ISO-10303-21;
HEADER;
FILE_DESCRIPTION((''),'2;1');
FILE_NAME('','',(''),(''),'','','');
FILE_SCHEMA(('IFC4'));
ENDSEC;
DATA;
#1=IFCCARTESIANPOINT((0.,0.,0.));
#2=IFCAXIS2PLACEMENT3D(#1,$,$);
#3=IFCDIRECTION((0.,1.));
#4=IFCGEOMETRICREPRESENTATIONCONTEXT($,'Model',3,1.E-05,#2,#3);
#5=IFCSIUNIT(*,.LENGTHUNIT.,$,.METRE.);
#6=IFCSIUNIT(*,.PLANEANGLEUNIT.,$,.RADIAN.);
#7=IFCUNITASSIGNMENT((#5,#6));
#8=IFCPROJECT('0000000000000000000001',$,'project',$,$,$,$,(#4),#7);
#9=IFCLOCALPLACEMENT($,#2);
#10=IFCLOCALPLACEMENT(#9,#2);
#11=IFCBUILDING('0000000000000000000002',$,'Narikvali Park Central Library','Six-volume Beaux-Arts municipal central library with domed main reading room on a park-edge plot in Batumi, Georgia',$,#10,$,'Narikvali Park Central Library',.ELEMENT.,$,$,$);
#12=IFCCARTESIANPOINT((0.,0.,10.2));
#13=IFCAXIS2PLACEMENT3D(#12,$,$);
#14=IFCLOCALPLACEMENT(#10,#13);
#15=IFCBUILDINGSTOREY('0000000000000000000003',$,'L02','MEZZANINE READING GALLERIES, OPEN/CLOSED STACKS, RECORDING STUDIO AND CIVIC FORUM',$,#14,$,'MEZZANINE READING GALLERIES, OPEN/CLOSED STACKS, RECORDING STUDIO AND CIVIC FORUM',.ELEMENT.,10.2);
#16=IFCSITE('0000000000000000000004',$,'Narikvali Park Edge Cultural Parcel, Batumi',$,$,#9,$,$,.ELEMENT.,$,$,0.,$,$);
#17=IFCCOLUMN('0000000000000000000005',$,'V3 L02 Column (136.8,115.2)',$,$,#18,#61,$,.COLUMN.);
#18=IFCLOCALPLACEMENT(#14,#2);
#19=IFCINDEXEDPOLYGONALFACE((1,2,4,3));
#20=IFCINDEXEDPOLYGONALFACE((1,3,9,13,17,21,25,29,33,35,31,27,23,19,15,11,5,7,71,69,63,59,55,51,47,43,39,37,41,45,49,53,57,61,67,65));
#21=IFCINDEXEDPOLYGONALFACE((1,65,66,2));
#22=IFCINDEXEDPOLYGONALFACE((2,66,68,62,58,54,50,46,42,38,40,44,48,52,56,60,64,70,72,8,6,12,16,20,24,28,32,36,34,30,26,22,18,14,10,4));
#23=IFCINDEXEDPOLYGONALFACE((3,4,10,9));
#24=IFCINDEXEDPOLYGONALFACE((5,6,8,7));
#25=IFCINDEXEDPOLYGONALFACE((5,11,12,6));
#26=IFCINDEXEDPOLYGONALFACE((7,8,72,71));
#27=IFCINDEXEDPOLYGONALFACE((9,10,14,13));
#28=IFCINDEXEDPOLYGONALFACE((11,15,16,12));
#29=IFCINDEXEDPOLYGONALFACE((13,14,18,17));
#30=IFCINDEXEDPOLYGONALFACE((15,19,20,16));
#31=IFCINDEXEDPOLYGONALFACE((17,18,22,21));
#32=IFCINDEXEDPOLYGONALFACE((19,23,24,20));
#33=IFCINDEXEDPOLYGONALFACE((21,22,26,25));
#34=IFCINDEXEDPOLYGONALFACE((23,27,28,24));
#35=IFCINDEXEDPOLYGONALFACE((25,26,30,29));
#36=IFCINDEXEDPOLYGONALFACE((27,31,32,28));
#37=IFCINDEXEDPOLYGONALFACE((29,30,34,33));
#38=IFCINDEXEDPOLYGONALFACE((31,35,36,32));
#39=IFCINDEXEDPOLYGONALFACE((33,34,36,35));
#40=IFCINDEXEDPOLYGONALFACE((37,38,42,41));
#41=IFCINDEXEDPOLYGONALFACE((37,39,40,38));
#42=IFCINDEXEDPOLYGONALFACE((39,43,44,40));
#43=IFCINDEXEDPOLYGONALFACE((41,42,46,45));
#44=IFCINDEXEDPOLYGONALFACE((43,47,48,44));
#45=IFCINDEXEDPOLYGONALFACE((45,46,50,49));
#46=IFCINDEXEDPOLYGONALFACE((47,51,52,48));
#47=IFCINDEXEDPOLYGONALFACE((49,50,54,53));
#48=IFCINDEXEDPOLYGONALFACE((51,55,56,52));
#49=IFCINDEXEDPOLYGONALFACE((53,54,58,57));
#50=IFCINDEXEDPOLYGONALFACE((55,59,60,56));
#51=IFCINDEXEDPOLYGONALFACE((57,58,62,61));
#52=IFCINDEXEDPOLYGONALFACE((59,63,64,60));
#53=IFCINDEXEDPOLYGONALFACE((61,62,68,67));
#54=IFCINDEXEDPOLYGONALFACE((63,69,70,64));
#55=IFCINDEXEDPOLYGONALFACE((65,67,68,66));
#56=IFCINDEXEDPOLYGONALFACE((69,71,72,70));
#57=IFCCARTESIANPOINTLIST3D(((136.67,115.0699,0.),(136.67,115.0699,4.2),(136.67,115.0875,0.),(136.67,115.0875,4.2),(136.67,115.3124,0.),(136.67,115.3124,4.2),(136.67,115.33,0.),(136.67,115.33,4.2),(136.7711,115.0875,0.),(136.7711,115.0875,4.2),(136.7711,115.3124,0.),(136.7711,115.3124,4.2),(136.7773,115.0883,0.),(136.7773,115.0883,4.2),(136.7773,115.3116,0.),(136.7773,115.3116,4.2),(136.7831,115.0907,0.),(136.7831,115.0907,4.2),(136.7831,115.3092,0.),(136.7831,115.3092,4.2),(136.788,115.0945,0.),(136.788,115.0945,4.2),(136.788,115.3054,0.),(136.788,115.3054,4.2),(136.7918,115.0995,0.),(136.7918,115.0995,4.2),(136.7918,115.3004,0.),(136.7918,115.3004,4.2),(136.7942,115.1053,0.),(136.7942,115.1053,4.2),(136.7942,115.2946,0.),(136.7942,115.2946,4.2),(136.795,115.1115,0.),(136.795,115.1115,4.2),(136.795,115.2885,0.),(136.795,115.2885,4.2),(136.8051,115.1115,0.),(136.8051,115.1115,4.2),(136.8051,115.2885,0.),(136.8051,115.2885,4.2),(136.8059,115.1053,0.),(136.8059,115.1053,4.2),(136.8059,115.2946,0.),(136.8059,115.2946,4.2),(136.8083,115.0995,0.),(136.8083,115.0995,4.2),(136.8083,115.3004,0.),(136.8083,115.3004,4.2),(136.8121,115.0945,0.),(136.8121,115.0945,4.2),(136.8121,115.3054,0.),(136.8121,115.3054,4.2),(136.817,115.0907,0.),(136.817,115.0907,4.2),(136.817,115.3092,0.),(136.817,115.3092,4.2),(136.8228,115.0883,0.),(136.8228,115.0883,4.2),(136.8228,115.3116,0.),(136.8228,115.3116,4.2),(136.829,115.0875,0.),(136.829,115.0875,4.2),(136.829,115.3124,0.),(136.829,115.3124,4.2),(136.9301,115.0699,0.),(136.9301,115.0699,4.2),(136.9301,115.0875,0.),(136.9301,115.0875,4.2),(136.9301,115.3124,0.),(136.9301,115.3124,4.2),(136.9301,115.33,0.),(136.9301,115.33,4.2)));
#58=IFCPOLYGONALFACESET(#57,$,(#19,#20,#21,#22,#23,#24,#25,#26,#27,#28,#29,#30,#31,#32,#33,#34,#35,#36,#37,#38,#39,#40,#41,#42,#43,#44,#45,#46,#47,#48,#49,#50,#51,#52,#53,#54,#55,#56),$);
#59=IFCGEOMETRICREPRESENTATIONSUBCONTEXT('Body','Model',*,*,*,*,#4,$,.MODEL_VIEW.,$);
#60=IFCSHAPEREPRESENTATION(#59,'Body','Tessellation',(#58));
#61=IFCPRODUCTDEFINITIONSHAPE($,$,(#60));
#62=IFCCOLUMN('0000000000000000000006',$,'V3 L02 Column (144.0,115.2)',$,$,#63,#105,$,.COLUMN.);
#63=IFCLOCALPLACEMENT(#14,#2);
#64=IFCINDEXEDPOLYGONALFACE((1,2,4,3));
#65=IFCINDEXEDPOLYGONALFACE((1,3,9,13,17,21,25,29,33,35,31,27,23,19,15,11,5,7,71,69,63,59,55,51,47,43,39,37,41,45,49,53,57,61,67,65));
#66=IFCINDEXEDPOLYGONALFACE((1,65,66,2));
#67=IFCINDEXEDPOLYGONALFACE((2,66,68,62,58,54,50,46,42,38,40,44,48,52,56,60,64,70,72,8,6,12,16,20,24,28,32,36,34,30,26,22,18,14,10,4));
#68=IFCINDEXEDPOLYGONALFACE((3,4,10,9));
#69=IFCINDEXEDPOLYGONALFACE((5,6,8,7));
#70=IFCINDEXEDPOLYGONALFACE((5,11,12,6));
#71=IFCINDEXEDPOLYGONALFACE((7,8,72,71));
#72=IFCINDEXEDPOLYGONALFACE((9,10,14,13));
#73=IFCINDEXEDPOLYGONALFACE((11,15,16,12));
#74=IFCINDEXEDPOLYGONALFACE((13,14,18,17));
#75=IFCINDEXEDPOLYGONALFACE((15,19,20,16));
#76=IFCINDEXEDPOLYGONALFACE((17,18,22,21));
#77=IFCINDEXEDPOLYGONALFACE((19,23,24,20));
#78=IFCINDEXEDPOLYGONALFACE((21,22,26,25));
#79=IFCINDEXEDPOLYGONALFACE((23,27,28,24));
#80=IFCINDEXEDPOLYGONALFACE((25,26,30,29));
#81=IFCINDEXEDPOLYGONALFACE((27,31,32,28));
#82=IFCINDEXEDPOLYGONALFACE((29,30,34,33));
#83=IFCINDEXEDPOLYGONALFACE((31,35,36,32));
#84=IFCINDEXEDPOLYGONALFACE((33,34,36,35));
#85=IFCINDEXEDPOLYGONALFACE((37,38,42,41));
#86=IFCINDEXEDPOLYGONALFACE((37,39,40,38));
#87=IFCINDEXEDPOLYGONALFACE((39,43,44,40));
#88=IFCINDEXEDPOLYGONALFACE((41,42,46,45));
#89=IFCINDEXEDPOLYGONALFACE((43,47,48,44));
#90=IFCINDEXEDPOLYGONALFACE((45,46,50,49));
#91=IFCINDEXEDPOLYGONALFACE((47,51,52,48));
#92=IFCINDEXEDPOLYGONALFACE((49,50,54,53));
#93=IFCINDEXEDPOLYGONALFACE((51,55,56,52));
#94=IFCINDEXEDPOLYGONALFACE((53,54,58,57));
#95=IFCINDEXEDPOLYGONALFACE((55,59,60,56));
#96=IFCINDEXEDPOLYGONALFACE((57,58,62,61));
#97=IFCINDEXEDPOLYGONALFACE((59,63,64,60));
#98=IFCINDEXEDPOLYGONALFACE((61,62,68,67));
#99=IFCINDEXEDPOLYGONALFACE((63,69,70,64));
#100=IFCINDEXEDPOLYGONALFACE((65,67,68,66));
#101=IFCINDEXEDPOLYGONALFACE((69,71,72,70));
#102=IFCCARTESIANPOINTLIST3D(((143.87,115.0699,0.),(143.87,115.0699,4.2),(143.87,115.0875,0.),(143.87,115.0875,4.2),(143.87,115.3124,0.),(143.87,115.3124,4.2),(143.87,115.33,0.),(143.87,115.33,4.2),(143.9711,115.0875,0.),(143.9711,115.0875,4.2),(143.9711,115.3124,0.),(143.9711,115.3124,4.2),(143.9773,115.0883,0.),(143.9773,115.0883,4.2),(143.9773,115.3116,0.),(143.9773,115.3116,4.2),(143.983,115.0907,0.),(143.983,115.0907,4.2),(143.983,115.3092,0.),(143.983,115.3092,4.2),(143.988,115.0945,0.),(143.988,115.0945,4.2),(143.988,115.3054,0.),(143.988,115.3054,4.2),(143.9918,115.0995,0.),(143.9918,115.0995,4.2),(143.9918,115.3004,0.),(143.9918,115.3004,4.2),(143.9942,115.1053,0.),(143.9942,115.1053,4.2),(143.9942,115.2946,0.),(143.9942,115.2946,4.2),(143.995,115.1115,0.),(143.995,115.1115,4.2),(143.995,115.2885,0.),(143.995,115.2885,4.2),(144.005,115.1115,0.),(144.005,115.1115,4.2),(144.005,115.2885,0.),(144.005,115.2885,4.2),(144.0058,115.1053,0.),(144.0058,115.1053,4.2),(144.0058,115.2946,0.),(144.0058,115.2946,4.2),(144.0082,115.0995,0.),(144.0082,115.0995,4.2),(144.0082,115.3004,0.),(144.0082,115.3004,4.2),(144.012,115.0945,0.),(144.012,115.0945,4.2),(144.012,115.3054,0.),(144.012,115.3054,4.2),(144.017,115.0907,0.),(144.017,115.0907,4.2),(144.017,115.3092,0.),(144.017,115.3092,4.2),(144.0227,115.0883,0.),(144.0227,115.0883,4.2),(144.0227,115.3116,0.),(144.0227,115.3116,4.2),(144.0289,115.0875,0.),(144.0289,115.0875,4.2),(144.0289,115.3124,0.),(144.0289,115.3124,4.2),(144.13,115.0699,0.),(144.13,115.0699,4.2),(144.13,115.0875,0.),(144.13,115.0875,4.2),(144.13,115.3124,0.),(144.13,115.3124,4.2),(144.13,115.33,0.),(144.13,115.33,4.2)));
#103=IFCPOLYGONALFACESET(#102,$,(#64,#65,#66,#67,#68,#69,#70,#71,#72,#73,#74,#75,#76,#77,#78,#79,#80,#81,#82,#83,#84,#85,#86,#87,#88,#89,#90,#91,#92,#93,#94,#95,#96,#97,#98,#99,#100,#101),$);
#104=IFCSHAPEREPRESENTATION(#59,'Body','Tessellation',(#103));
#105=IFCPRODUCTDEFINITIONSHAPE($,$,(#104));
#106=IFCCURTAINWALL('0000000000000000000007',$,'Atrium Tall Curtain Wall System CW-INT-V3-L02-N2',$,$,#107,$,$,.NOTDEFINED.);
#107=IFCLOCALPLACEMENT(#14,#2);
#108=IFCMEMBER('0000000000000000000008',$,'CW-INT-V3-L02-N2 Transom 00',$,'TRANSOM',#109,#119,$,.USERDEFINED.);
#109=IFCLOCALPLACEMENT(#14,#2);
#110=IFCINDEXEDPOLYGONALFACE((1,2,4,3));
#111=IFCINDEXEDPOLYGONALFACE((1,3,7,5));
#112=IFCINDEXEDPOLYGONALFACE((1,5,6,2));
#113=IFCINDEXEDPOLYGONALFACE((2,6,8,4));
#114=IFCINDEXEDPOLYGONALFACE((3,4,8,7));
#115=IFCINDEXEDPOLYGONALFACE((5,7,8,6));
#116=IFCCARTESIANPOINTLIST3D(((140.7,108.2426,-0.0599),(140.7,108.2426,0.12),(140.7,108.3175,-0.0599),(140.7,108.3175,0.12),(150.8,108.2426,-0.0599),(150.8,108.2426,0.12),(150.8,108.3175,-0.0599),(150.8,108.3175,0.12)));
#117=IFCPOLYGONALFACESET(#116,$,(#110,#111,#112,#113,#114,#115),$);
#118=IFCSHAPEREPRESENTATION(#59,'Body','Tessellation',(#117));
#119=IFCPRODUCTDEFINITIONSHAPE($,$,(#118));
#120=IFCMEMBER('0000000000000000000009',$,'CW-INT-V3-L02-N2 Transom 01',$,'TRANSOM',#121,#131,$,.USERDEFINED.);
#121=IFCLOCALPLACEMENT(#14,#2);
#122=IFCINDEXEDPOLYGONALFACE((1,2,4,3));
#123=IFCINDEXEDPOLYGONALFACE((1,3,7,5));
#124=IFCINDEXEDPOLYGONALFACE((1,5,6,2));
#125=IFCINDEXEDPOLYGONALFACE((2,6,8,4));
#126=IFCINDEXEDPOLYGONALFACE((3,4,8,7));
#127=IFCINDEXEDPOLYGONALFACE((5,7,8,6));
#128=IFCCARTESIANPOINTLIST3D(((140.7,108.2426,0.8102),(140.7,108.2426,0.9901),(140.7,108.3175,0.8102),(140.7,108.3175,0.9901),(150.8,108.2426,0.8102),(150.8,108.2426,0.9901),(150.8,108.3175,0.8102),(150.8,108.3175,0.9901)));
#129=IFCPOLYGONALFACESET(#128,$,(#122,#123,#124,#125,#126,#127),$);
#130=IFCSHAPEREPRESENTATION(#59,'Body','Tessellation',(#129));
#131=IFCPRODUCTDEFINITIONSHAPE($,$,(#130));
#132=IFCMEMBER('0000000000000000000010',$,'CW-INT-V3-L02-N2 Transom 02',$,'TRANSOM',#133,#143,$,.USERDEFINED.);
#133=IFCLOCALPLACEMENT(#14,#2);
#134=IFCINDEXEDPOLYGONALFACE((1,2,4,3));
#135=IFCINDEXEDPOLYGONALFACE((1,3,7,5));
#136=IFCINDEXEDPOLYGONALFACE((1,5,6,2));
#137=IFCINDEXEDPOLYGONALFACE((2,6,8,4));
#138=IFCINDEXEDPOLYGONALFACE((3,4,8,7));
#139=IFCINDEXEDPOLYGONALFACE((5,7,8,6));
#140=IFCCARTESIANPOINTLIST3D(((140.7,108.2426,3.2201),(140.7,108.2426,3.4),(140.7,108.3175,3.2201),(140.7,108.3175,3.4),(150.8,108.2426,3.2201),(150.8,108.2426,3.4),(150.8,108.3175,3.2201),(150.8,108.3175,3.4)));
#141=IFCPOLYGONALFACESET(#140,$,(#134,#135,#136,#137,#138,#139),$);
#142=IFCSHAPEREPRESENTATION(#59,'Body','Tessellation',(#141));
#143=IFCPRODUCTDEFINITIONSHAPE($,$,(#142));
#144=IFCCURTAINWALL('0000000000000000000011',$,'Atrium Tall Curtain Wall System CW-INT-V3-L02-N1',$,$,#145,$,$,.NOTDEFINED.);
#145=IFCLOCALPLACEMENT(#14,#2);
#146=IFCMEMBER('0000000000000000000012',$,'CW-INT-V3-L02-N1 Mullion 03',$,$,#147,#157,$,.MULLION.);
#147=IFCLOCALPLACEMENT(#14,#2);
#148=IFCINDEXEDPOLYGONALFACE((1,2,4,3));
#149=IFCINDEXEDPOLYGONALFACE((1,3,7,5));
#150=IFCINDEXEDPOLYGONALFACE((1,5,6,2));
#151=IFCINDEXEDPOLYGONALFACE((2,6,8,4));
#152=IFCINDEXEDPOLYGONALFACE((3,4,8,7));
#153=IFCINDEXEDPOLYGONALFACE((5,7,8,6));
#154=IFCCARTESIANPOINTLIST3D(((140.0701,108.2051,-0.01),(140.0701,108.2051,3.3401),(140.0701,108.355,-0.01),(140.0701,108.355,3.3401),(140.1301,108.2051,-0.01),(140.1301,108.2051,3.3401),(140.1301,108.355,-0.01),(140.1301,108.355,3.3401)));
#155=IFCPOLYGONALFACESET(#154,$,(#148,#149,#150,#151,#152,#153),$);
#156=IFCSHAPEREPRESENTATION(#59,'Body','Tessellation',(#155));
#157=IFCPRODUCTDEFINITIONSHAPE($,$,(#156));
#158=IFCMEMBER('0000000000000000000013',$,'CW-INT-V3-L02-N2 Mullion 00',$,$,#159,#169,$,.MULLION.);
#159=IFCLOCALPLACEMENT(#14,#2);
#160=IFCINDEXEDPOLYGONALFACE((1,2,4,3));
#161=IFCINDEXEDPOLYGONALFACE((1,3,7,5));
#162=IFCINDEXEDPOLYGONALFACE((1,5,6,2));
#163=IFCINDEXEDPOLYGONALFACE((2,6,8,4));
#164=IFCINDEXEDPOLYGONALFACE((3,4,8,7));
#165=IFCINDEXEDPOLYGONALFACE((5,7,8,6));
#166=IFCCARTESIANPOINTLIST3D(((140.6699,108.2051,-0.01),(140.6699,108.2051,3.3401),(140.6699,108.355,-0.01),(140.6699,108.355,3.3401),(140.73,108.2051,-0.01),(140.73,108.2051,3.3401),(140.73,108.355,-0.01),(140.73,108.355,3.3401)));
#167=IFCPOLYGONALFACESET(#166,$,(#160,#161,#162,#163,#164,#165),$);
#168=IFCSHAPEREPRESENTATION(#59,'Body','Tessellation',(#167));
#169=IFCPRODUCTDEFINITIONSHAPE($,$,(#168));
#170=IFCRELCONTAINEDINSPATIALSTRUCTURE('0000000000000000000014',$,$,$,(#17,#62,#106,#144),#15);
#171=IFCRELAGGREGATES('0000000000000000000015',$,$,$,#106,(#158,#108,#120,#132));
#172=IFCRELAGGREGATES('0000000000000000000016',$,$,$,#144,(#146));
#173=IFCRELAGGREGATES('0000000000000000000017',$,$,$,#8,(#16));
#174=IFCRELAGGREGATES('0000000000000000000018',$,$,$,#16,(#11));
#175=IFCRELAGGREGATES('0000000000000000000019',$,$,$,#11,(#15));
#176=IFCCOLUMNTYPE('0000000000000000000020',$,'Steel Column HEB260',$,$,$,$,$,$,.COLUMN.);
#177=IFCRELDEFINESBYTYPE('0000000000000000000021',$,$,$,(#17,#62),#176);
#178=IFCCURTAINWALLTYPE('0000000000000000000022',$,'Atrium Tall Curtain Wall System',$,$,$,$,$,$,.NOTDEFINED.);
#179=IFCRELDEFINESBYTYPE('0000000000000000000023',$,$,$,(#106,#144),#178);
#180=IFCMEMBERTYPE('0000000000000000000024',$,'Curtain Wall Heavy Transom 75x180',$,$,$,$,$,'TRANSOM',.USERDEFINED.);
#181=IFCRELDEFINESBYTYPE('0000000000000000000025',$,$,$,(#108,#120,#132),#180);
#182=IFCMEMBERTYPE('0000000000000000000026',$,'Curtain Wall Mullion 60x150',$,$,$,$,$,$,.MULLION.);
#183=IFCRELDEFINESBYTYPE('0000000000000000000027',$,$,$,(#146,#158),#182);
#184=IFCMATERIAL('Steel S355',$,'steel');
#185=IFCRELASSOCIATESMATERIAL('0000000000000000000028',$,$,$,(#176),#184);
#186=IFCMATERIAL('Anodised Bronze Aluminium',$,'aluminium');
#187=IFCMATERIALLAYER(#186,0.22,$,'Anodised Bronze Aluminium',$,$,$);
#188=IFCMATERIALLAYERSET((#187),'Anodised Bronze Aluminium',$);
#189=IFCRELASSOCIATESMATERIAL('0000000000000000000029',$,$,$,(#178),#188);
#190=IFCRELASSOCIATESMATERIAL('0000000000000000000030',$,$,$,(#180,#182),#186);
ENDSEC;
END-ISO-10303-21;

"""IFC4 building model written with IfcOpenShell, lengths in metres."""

from ifc_helpers import new_model, si_unit, direction, frame, origin, origin_2d, place, context, subcontext, project, spatial, rectangle, i_section, extrude, material, layer, layer_set, material_profile, profile_set, type_object, element, aggregate, save


model = new_model("IFC4")

# Units and contexts
model_context = context("Model", 3, precision=1e-05, world=origin(), true_north=direction((0.0, 1.0)))
body_context = subcontext(model_context, "Body", "Model", "MODEL_VIEW")
ifc_project = project(units=[si_unit("LENGTHUNIT", "METRE"), si_unit("PLANEANGLEUNIT", "RADIAN")], contexts=[model_context])

# Site, building, storey
site_placement = place(None, origin())
site = spatial("IfcSite", under=ifc_project, at=site_placement, Name="Narikvali Park Edge Cultural Parcel, Batumi", CompositionType="ELEMENT", RefElevation=0.0)
building_placement = place(site_placement, origin())
building = spatial("IfcBuilding", under=site, at=building_placement, Name="Narikvali Park Central Library", Description="Six-volume Beaux-Arts municipal central library with domed main reading room on a park-edge plot in Batumi, Georgia", LongName="Narikvali Park Central Library", CompositionType="ELEMENT")
storey_placement = place(building_placement, frame((0.0, 0.0, 10.2)))
storey = spatial("IfcBuildingStorey", under=building, at=storey_placement, Name="L02", Description="MEZZANINE READING GALLERIES, OPEN/CLOSED STACKS, RECORDING STUDIO AND CIVIC FORUM", LongName="MEZZANINE READING GALLERIES, OPEN/CLOSED STACKS, RECORDING STUDIO AND CIVIC FORUM", CompositionType="ELEMENT", Elevation=10.2)

# Columns
ifc_material_1 = material(Name="Steel S355", Category="steel")
ifc_material_profile_1 = material_profile(ifc_material_1, i_section(OverallWidth=0.26, OverallDepth=0.26, WebThickness=0.01, FlangeThickness=0.0176, FilletRadius=0.0239, at=origin_2d()), Name="HEB 260")
ifc_profile_set_1 = profile_set([ifc_material_profile_1], Name="Steel S355")
column_type = type_object("IfcColumnType", Name="Steel Column HEB260", PredefinedType="COLUMN", material=ifc_profile_set_1)
for number, where, z_axis, x_axis, name in (
    (1, (136.8, 115.2, 0.0), (0.0, 0.0, 1.0), (1.0, 0.0, 0.0), "V3 L02 Column (136.8,115.2)"),
    (2, (144.0, 115.2, 0.0), (0.0, 0.0, 1.0), (1.0, 0.0, 0.0), "V3 L02 Column (144.0,115.2)"),
):
    element("IfcColumn", number, at=place(storey_placement, frame(where, z_axis=z_axis, x_axis=x_axis)), inside=storey, type_object=column_type, Name=name, PredefinedType="COLUMN", context=body_context, shape_type="SweptSolid", body=[
        extrude(i_section(OverallWidth=0.26, OverallDepth=0.26, WebThickness=0.01, FlangeThickness=0.0176, FilletRadius=0.0239, at=origin_2d()), origin(), (0.0, 0.0, 1.0), 4.2),
    ])

# Curtain wall, members
ifc_material_2 = material(Name="Anodised Bronze Aluminium", Category="aluminium")
ifc_layer_1 = layer(ifc_material_2, 0.22, Name="Anodised Bronze Aluminium")
ifc_layer_set_1 = layer_set([ifc_layer_1], Name="Anodised Bronze Aluminium")
curtain_wall_type = type_object("IfcCurtainWallType", Name="Atrium Tall Curtain Wall System", PredefinedType="NOTDEFINED", material=ifc_layer_set_1)
curtain_wall_1_placement = place(storey_placement, origin())
curtain_wall_1 = element("IfcCurtainWall", 3, at=curtain_wall_1_placement, inside=storey, type_object=curtain_wall_type, Name="Atrium Tall Curtain Wall System CW-INT-V3-L02-N2", PredefinedType="NOTDEFINED")
ifc_material_profile_2 = material_profile(ifc_material_2, rectangle(XDim=0.075, YDim=0.1799, at=origin_2d()), Name="CW TRANSOM 75x180")
ifc_profile_set_2 = profile_set([ifc_material_profile_2], Name="Anodised Bronze Aluminium")
member_type_1 = type_object("IfcMemberType", Name="Curtain Wall Heavy Transom 75x180", ElementType="TRANSOM", PredefinedType="USERDEFINED", material=ifc_profile_set_2)
member_1_placement = place(storey_placement, frame((140.7, 108.28, 0.03), z_axis=(1.0, 0.0, 0.0), x_axis=(0.0, 1.0, 0.0)))
member_1 = element("IfcMember", 4, at=member_1_placement, type_object=member_type_1, Name="CW-INT-V3-L02-N2 Transom 00", ObjectType="TRANSOM", PredefinedType="USERDEFINED", context=body_context, shape_type="SweptSolid", body=[
    extrude(rectangle(XDim=0.075, YDim=0.1799, at=origin_2d()), origin(), (0.0, 0.0, 1.0), 10.1001),
])
member_2_placement = place(storey_placement, frame((140.7, 108.28, 0.9001), z_axis=(1.0, 0.0, 0.0), x_axis=(0.0, 1.0, 0.0)))
member_2 = element("IfcMember", 5, at=member_2_placement, type_object=member_type_1, Name="CW-INT-V3-L02-N2 Transom 01", ObjectType="TRANSOM", PredefinedType="USERDEFINED", context=body_context, shape_type="SweptSolid", body=[
    extrude(rectangle(XDim=0.075, YDim=0.1799, at=origin_2d()), origin(), (0.0, 0.0, 1.0), 10.1001),
])
member_3_placement = place(storey_placement, frame((140.7, 108.28, 3.3101), z_axis=(1.0, 0.0, 0.0), x_axis=(0.0, 1.0, 0.0)))
member_3 = element("IfcMember", 6, at=member_3_placement, type_object=member_type_1, Name="CW-INT-V3-L02-N2 Transom 02", ObjectType="TRANSOM", PredefinedType="USERDEFINED", context=body_context, shape_type="SweptSolid", body=[
    extrude(rectangle(XDim=0.075, YDim=0.1799, at=origin_2d()), origin(), (0.0, 0.0, 1.0), 10.1001),
])

# Curtain wall, member
curtain_wall_2_placement = place(storey_placement, origin())
curtain_wall_2 = element("IfcCurtainWall", 7, at=curtain_wall_2_placement, inside=storey, type_object=curtain_wall_type, Name="Atrium Tall Curtain Wall System CW-INT-V3-L02-N1", PredefinedType="NOTDEFINED")
ifc_material_profile_3 = material_profile(ifc_material_2, rectangle(XDim=0.0601, YDim=0.1499, at=origin_2d()), Name="CW MULLION 60x150")
ifc_profile_set_3 = profile_set([ifc_material_profile_3], Name="Anodised Bronze Aluminium")
member_type_2 = type_object("IfcMemberType", Name="Curtain Wall Mullion 60x150", PredefinedType="MULLION", material=ifc_profile_set_3)
member_4_placement = place(storey_placement, frame((140.1001, 108.28, -0.01), z_axis=(0.0, 0.0, 1.0), x_axis=(1.0, 0.0, 0.0)))
member_4 = element("IfcMember", 8, at=member_4_placement, type_object=member_type_2, Name="CW-INT-V3-L02-N1 Mullion 03", PredefinedType="MULLION", context=body_context, shape_type="SweptSolid", body=[
    extrude(rectangle(XDim=0.0601, YDim=0.1499, at=origin_2d()), origin(), (0.0, 0.0, 1.0), 3.3501),
])

# Member
member_5_placement = place(storey_placement, frame((140.7, 108.28, -0.01), z_axis=(0.0, 0.0, 1.0), x_axis=(1.0, 0.0, 0.0)))
member_5 = element("IfcMember", 9, at=member_5_placement, type_object=member_type_2, Name="CW-INT-V3-L02-N2 Mullion 00", PredefinedType="MULLION", context=body_context, shape_type="SweptSolid", body=[
    extrude(rectangle(XDim=0.0601, YDim=0.1499, at=origin_2d()), origin(), (0.0, 0.0, 1.0), 3.3501),
])

aggregate(curtain_wall_1, [member_5, member_1, member_2, member_3])
aggregate(curtain_wall_2, [member_4])

save(model, "model.ifc")
